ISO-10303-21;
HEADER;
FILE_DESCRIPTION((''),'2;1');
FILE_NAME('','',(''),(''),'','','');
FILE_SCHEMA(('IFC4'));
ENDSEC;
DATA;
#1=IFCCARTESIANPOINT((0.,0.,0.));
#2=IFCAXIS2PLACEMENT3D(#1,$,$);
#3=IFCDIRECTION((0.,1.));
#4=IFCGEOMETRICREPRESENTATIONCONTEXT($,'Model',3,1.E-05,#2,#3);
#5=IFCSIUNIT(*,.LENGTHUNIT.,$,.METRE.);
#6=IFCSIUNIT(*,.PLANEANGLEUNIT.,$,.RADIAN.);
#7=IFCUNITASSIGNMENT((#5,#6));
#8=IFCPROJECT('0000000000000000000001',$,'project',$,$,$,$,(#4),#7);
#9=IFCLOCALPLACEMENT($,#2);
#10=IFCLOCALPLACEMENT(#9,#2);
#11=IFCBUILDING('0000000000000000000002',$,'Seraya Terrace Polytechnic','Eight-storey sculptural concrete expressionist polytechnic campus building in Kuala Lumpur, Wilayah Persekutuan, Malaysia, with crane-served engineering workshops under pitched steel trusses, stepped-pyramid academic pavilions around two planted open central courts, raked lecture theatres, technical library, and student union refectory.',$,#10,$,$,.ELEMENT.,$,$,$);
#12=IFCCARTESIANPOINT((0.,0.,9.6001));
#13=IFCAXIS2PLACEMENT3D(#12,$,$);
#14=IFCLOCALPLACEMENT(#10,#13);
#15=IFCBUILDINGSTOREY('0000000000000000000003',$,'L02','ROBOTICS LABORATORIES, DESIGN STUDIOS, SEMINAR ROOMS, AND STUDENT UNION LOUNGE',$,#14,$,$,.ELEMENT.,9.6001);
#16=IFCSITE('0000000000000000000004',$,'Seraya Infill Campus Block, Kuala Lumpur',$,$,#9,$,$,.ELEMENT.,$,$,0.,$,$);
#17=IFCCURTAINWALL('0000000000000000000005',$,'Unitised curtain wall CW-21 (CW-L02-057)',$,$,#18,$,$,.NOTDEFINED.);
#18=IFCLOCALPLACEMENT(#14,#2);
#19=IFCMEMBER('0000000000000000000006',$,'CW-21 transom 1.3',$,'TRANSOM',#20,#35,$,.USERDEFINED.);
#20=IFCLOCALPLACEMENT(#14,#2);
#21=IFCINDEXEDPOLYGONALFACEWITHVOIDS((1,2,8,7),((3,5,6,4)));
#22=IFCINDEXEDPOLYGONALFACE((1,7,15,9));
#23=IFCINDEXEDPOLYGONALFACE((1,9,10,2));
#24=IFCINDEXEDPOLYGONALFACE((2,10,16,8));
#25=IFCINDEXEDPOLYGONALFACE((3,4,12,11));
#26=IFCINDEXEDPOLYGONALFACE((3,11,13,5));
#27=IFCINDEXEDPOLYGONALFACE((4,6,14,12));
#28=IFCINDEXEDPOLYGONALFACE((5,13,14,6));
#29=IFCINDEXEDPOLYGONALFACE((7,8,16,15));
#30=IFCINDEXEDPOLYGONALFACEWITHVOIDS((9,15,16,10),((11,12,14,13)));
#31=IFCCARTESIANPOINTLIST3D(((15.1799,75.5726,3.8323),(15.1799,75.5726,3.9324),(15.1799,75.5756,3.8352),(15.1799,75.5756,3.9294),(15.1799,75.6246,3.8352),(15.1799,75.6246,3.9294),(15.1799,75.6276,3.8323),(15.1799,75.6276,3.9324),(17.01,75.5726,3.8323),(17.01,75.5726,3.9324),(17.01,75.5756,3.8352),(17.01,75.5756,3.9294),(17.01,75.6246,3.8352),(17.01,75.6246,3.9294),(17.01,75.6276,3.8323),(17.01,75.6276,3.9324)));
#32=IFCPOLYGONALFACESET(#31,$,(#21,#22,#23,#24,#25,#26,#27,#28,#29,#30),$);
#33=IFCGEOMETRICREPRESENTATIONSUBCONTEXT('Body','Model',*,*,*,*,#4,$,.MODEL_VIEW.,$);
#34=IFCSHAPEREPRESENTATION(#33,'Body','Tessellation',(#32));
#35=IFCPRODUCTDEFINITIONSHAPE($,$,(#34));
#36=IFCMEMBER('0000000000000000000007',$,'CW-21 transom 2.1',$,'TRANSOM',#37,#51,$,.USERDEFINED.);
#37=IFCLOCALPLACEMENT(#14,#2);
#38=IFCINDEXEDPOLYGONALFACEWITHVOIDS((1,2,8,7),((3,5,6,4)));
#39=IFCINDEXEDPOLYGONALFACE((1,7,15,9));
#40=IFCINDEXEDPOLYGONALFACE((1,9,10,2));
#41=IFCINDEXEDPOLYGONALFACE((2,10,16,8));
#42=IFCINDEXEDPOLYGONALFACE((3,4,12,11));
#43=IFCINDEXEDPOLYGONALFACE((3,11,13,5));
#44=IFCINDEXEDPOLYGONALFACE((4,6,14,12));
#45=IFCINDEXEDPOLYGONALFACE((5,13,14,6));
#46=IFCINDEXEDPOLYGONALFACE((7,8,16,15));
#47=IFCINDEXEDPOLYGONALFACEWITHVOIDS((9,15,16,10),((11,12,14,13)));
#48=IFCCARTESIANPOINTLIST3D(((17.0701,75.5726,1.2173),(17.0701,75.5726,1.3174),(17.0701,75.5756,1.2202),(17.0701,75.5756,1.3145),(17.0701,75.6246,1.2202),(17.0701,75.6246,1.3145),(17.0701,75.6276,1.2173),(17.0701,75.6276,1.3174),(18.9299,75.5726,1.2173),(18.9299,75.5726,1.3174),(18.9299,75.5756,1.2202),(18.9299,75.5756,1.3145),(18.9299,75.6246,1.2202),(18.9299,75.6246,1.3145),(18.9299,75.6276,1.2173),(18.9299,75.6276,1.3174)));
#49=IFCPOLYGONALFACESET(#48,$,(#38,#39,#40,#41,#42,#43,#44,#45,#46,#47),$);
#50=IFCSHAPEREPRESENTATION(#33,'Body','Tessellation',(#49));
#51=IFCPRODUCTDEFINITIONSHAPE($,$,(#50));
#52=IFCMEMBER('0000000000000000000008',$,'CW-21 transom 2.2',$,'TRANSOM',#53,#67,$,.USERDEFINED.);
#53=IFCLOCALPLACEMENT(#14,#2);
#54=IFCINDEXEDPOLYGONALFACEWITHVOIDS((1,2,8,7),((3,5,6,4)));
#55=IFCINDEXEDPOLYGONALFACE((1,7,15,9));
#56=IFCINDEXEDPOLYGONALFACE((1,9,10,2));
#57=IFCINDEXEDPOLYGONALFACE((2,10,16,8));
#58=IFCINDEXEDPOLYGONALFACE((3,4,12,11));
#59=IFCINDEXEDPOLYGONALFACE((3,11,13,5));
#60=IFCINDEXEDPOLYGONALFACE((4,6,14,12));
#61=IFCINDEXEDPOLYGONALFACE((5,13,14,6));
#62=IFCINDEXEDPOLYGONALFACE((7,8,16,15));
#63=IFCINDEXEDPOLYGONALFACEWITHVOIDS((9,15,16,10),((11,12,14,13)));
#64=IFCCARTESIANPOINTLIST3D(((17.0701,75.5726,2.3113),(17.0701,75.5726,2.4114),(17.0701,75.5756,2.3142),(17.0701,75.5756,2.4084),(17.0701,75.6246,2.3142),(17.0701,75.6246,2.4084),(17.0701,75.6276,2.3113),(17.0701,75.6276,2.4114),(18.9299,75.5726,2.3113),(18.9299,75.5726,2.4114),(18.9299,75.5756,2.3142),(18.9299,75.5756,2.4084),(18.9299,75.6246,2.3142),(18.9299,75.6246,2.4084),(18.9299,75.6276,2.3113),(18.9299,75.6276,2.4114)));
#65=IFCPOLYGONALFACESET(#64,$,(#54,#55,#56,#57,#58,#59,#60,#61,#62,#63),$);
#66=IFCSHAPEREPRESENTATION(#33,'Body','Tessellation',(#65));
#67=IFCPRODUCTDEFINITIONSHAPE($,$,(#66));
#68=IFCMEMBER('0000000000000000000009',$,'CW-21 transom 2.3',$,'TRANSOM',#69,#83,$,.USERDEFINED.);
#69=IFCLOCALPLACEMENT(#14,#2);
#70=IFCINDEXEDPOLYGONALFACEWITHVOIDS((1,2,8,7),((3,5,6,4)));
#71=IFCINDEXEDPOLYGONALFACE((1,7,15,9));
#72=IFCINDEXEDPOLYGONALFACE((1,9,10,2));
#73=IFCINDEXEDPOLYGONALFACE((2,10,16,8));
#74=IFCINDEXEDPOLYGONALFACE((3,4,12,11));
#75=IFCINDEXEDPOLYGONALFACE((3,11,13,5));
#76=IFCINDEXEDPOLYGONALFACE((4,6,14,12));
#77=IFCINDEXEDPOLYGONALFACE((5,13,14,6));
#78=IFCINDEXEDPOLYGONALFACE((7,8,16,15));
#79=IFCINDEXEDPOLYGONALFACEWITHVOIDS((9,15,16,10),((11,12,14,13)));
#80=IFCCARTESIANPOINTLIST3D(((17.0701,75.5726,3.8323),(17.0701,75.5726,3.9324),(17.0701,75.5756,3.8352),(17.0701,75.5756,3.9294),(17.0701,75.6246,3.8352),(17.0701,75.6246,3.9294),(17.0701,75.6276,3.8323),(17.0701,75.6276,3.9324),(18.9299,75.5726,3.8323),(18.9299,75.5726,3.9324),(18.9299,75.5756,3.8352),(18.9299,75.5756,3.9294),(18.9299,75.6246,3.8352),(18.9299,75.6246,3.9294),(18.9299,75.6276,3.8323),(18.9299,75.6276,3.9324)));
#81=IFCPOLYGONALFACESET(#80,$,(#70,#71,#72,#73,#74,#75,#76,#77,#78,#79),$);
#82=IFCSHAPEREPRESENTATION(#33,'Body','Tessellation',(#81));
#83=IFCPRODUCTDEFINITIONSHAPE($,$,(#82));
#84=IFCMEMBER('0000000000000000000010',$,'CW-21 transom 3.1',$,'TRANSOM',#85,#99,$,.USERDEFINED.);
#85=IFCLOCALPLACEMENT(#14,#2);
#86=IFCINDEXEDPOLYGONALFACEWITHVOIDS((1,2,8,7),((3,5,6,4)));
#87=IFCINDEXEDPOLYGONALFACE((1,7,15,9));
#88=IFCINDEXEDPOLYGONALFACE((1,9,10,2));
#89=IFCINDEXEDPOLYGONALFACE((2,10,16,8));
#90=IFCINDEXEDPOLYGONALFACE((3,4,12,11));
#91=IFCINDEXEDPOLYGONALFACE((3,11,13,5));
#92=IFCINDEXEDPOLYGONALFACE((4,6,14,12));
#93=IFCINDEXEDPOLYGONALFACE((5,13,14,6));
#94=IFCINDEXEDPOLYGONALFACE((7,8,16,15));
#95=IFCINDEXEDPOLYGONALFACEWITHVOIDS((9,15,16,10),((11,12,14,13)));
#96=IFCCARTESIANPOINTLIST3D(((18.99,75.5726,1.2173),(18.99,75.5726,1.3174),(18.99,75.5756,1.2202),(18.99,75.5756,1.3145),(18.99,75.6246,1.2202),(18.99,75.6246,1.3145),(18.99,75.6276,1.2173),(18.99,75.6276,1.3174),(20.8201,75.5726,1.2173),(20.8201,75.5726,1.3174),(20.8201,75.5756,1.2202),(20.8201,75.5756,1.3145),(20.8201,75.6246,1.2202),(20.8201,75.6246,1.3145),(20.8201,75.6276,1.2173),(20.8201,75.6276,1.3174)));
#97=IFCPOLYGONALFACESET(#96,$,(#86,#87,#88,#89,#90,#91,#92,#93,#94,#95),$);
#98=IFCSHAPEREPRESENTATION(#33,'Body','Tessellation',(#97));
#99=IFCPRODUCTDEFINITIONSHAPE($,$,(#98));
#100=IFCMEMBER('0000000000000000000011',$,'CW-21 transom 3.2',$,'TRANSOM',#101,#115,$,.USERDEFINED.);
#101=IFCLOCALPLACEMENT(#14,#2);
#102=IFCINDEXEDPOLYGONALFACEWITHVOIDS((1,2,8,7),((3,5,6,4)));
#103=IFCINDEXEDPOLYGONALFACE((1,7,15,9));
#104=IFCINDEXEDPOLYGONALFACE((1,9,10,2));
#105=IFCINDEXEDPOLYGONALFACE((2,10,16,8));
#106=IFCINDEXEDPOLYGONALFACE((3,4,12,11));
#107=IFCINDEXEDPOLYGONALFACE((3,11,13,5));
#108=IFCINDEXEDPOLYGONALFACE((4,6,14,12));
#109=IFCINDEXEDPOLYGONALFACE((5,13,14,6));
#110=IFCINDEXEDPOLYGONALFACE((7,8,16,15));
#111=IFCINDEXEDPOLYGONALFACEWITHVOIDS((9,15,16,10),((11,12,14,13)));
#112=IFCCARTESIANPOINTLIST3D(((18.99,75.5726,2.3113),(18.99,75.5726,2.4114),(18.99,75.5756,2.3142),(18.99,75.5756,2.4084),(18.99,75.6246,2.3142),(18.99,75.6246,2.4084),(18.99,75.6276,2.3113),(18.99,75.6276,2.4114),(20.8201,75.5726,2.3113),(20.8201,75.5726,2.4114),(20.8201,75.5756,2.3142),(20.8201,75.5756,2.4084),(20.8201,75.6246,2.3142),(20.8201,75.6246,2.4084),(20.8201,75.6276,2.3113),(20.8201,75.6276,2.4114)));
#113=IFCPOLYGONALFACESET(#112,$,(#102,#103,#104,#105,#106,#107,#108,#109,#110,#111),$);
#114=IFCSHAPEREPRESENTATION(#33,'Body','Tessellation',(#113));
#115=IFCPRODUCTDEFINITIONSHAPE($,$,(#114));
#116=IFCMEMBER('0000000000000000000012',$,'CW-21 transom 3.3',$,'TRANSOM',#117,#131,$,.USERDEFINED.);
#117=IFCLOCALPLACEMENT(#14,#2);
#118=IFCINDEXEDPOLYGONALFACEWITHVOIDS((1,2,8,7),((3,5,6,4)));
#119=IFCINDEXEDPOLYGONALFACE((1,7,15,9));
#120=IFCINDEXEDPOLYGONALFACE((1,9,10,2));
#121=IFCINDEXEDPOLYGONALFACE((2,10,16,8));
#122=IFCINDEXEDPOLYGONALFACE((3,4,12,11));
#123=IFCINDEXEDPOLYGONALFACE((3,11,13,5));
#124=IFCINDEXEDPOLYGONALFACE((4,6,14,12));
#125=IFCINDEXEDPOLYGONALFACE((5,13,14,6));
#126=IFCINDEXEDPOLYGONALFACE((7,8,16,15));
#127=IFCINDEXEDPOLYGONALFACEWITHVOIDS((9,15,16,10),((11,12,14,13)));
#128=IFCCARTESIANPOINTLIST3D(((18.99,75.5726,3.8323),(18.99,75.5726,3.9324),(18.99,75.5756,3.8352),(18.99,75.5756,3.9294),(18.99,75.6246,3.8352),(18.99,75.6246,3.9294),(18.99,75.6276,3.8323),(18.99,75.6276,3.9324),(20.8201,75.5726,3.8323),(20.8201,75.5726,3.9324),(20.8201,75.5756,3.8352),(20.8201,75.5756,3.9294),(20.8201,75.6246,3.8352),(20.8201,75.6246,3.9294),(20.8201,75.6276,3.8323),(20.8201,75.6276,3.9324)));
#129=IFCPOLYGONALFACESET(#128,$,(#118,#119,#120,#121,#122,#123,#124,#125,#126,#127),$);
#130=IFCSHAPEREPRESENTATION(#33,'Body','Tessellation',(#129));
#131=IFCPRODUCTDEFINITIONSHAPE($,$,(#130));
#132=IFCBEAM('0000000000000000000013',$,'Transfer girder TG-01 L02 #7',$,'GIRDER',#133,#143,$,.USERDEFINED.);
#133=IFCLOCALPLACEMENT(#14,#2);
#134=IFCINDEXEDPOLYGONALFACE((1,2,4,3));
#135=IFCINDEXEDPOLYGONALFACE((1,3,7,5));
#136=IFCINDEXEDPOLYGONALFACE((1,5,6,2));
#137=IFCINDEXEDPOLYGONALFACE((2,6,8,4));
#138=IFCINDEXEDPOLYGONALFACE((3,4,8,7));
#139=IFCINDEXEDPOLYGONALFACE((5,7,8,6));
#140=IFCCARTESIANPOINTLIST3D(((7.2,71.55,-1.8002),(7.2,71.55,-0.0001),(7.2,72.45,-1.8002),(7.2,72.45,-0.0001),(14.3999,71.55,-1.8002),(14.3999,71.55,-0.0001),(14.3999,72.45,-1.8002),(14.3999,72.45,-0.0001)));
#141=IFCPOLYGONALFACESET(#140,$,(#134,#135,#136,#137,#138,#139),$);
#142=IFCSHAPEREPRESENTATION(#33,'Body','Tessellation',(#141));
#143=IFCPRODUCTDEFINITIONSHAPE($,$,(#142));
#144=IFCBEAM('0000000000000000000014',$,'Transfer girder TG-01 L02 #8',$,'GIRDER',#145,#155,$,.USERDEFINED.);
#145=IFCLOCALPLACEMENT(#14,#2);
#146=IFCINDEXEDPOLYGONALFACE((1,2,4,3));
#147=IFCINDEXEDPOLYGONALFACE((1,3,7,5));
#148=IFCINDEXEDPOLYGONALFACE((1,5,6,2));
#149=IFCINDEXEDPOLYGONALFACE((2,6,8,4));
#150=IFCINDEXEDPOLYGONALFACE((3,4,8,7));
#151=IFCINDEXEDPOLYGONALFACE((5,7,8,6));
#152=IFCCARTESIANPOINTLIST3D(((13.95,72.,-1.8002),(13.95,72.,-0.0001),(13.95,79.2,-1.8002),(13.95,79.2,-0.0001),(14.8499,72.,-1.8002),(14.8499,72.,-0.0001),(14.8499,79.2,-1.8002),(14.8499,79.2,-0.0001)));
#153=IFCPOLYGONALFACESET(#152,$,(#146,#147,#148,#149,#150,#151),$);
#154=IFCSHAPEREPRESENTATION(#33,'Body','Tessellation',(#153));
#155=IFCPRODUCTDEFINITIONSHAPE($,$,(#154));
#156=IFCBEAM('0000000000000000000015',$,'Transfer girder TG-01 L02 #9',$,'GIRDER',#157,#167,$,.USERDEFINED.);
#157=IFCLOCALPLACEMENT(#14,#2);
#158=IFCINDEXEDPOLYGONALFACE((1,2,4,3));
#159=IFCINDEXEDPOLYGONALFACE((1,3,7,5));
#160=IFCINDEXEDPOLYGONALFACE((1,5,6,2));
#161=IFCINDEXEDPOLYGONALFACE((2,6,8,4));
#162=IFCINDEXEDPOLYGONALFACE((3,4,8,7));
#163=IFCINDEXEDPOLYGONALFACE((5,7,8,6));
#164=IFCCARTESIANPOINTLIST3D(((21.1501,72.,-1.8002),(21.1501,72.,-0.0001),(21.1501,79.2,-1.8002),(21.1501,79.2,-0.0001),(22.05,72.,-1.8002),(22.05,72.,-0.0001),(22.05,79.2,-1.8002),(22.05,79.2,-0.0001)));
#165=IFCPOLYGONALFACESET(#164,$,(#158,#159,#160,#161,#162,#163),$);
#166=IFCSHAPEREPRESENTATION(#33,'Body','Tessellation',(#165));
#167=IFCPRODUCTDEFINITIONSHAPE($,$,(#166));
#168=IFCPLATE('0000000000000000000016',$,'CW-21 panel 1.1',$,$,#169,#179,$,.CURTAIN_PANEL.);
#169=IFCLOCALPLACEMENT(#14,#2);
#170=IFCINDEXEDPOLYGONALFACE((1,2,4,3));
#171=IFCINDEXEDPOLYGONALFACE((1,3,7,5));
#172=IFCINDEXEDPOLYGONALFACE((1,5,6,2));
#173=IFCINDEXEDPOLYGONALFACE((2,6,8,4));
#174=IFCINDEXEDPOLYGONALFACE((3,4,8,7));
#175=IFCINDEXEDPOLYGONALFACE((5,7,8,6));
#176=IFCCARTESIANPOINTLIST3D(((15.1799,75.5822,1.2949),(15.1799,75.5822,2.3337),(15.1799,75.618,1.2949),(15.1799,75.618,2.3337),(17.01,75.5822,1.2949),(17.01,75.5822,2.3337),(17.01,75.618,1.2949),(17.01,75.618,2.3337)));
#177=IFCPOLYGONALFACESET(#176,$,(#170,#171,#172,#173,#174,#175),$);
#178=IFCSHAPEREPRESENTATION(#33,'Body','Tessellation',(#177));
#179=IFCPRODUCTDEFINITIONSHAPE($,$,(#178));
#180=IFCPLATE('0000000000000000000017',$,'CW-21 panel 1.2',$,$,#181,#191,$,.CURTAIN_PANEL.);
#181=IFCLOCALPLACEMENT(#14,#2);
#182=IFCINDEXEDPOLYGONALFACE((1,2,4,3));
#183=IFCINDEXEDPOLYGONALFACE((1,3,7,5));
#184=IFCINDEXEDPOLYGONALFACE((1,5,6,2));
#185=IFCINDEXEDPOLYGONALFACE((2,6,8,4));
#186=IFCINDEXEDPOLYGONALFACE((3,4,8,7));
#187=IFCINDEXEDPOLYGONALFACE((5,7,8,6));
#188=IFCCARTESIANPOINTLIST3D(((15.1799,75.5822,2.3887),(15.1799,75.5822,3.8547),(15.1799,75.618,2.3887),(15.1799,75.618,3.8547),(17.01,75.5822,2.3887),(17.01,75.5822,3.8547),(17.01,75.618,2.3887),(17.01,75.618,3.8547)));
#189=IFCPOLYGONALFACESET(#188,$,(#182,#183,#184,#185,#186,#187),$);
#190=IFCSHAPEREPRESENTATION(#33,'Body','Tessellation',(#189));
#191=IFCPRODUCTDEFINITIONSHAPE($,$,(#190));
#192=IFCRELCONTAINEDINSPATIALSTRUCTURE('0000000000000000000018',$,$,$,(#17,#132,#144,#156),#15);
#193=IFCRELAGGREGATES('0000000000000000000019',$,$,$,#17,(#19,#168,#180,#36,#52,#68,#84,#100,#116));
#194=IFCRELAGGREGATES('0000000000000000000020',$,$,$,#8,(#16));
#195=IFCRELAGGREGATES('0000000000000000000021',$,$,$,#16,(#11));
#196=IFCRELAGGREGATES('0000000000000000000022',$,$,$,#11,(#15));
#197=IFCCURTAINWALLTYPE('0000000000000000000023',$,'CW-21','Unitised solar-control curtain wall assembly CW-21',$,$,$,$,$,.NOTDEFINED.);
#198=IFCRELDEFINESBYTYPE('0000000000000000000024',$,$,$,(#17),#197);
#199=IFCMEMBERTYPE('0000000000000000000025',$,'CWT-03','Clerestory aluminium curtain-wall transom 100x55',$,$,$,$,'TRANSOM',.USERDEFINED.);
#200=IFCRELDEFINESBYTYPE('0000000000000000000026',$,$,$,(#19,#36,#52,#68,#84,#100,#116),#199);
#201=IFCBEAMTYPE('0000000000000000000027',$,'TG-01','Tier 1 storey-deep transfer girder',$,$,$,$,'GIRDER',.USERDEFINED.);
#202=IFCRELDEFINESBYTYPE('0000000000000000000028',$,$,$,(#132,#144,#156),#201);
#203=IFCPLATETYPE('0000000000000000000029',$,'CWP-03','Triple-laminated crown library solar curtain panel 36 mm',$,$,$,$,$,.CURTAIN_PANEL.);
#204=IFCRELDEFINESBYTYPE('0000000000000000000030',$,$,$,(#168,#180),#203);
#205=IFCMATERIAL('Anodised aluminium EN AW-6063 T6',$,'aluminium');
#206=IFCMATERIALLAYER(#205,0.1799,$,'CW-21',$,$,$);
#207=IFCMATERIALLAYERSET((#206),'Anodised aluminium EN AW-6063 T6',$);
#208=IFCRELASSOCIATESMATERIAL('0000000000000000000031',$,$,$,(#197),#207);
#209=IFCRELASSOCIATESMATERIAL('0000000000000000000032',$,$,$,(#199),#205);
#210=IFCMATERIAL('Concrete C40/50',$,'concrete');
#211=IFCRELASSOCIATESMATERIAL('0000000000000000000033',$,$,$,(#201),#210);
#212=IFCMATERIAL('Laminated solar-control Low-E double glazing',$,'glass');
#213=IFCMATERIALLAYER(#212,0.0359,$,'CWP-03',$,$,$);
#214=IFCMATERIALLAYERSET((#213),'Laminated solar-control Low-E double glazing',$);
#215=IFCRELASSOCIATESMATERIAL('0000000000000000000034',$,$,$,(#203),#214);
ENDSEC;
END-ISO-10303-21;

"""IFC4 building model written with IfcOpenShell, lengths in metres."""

from ifc_helpers import new_model, si_unit, direction, frame, origin, origin_2d, place, context, subcontext, project, spatial, rectangle, hollow_rectangle, extrude, material, layer, layer_set, material_profile, profile_set, type_object, element, aggregate, save


model = new_model("IFC4")

# Units and contexts
model_context = context("Model", 3, precision=1e-05, world=origin(), true_north=direction((0.0, 1.0)))
body_context = subcontext(model_context, "Body", "Model", "MODEL_VIEW")
ifc_project = project(units=[si_unit("LENGTHUNIT", "METRE"), si_unit("PLANEANGLEUNIT", "RADIAN")], contexts=[model_context])

# Site, building, storey
site_placement = place(None, origin())
site = spatial("IfcSite", under=ifc_project, at=site_placement, Name="Seraya Infill Campus Block, Kuala Lumpur", CompositionType="ELEMENT", RefElevation=0.0)
building_placement = place(site_placement, origin())
building = spatial("IfcBuilding", under=site, at=building_placement, Name="Seraya Terrace Polytechnic", Description="Eight-storey sculptural concrete expressionist polytechnic campus building in Kuala Lumpur, Wilayah Persekutuan, Malaysia, with crane-served engineering workshops under pitched steel trusses, stepped-pyramid academic pavilions around two planted open central courts, raked lecture theatres, technical library, and student union refectory.", CompositionType="ELEMENT")
storey_placement = place(building_placement, frame((0.0, 0.0, 9.6001)))
storey = spatial("IfcBuildingStorey", under=building, at=storey_placement, Name="L02", Description="ROBOTICS LABORATORIES, DESIGN STUDIOS, SEMINAR ROOMS, AND STUDENT UNION LOUNGE", CompositionType="ELEMENT", Elevation=9.6001)

# Shared definitions
ifc_material_1 = material(Name="Concrete C40/50", Category="concrete")

# Curtain wall, members
ifc_material_2 = material(Name="Anodised aluminium EN AW-6063 T6", Category="aluminium")
ifc_layer_1 = layer(ifc_material_2, 0.1799, Name="CW-21")
ifc_layer_set_1 = layer_set([ifc_layer_1], Name="Anodised aluminium EN AW-6063 T6")
curtain_wall_type = type_object("IfcCurtainWallType", Name="CW-21", Description="Unitised solar-control curtain wall assembly CW-21", PredefinedType="NOTDEFINED", material=ifc_layer_set_1)
curtain_wall_placement = place(storey_placement, origin())
curtain_wall = element("IfcCurtainWall", 1, at=curtain_wall_placement, inside=storey, type_object=curtain_wall_type, Name="Unitised curtain wall CW-21 (CW-L02-057)", PredefinedType="NOTDEFINED")
ifc_material_profile_1 = material_profile(ifc_material_2, hollow_rectangle(XDim=0.0549, YDim=0.1001, WallThickness=0.0029, at=origin_2d()), Name="RHS 100x55x3.0")
ifc_profile_set_1 = profile_set([ifc_material_profile_1], Name="Anodised aluminium EN AW-6063 T6")
member_type_1 = type_object("IfcMemberType", Name="CWT-03", Description="Clerestory aluminium curtain-wall transom 100x55", ElementType="TRANSOM", PredefinedType="USERDEFINED", material=ifc_profile_set_1)
member_1_placement = place(storey_placement, frame((15.1799, 75.6001, 3.8823), z_axis=(1.0, 0.0, 0.0), x_axis=(0.0, 1.0, 0.0)))
member_1 = element("IfcMember", 2, at=member_1_placement, type_object=member_type_1, Name="CW-21 transom 1.3", ObjectType="TRANSOM", PredefinedType="USERDEFINED", context=body_context, shape_type="SweptSolid", body=[
    extrude(hollow_rectangle(XDim=0.0549, YDim=0.1001, WallThickness=0.0029, at=origin_2d()), origin(), (0.0, 0.0, 1.0), 1.8301),
])
member_2_placement = place(storey_placement, frame((17.0701, 75.6001, 1.2673), z_axis=(1.0, 0.0, 0.0), x_axis=(0.0, 1.0, 0.0)))
member_2 = element("IfcMember", 3, at=member_2_placement, type_object=member_type_1, Name="CW-21 transom 2.1", ObjectType="TRANSOM", PredefinedType="USERDEFINED", context=body_context, shape_type="SweptSolid", body=[
    extrude(hollow_rectangle(XDim=0.0549, YDim=0.1001, WallThickness=0.0029, at=origin_2d()), origin(), (0.0, 0.0, 1.0), 1.8599),
])
member_3_placement = place(storey_placement, frame((17.0701, 75.6001, 2.3613), z_axis=(1.0, 0.0, 0.0), x_axis=(0.0, 1.0, 0.0)))
member_3 = element("IfcMember", 4, at=member_3_placement, type_object=member_type_1, Name="CW-21 transom 2.2", ObjectType="TRANSOM", PredefinedType="USERDEFINED", context=body_context, shape_type="SweptSolid", body=[
    extrude(hollow_rectangle(XDim=0.0549, YDim=0.1001, WallThickness=0.0029, at=origin_2d()), origin(), (0.0, 0.0, 1.0), 1.8599),
])
member_4_placement = place(storey_placement, frame((17.0701, 75.6001, 3.8823), z_axis=(1.0, 0.0, 0.0), x_axis=(0.0, 1.0, 0.0)))
member_4 = element("IfcMember", 5, at=member_4_placement, type_object=member_type_1, Name="CW-21 transom 2.3", ObjectType="TRANSOM", PredefinedType="USERDEFINED", context=body_context, shape_type="SweptSolid", body=[
    extrude(hollow_rectangle(XDim=0.0549, YDim=0.1001, WallThickness=0.0029, at=origin_2d()), origin(), (0.0, 0.0, 1.0), 1.8599),
])
member_5_placement = place(storey_placement, frame((18.99, 75.6001, 1.2673), z_axis=(1.0, 0.0, 0.0), x_axis=(0.0, 1.0, 0.0)))
member_5 = element("IfcMember", 6, at=member_5_placement, type_object=member_type_1, Name="CW-21 transom 3.1", ObjectType="TRANSOM", PredefinedType="USERDEFINED", context=body_context, shape_type="SweptSolid", body=[
    extrude(hollow_rectangle(XDim=0.0549, YDim=0.1001, WallThickness=0.0029, at=origin_2d()), origin(), (0.0, 0.0, 1.0), 1.8301),
])
member_6_placement = place(storey_placement, frame((18.99, 75.6001, 2.3613), z_axis=(1.0, 0.0, 0.0), x_axis=(0.0, 1.0, 0.0)))
member_6 = element("IfcMember", 7, at=member_6_placement, type_object=member_type_1, Name="CW-21 transom 3.2", ObjectType="TRANSOM", PredefinedType="USERDEFINED", context=body_context, shape_type="SweptSolid", body=[
    extrude(hollow_rectangle(XDim=0.0549, YDim=0.1001, WallThickness=0.0029, at=origin_2d()), origin(), (0.0, 0.0, 1.0), 1.8301),
])
member_7_placement = place(storey_placement, frame((18.99, 75.6001, 3.8823), z_axis=(1.0, 0.0, 0.0), x_axis=(0.0, 1.0, 0.0)))
member_7 = element("IfcMember", 8, at=member_7_placement, type_object=member_type_1, Name="CW-21 transom 3.3", ObjectType="TRANSOM", PredefinedType="USERDEFINED", context=body_context, shape_type="SweptSolid", body=[
    extrude(hollow_rectangle(XDim=0.0549, YDim=0.1001, WallThickness=0.0029, at=origin_2d()), origin(), (0.0, 0.0, 1.0), 1.8301),
])

# Beams
ifc_material_profile_2 = material_profile(ifc_material_1, rectangle(XDim=0.8999, YDim=1.8, at=origin_2d()), Name="RC 900x1800")
ifc_profile_set_2 = profile_set([ifc_material_profile_2], Name="Concrete C40/50")
beam_type_1 = type_object("IfcBeamType", Name="TG-01", Description="Tier 1 storey-deep transfer girder", ElementType="GIRDER", PredefinedType="USERDEFINED", material=ifc_profile_set_2)
for number, where, z_axis, x_axis, name in (
    (9, (7.2, 72.0, -0.9001), (1.0, 0.0, 0.0), (0.0, 1.0, 0.0), "Transfer girder TG-01 L02 #7"),
    (10, (14.3999, 72.0, -0.9001), (0.0, 1.0, 0.0), (-1.0, 0.0, 0.0), "Transfer girder TG-01 L02 #8"),
    (11, (21.6001, 72.0, -0.9001), (0.0, 1.0, 0.0), (-1.0, 0.0, 0.0), "Transfer girder TG-01 L02 #9"),
):
    element("IfcBeam", number, at=place(storey_placement, frame(where, z_axis=z_axis, x_axis=x_axis)), inside=storey, type_object=beam_type_1, Name=name, ObjectType="GIRDER", PredefinedType="USERDEFINED", context=body_context, shape_type="SweptSolid", body=[
        extrude(rectangle(XDim=0.8999, YDim=1.8, at=origin_2d()), origin(), (0.0, 0.0, 1.0), 7.2),
    ])

# Plates
ifc_material_3 = material(Name="Laminated solar-control Low-E double glazing", Category="glass")
ifc_layer_2 = layer(ifc_material_3, 0.0359, Name="CWP-03")
ifc_layer_set_2 = layer_set([ifc_layer_2], Name="Laminated solar-control Low-E double glazing")
plate_type = type_object("IfcPlateType", Name="CWP-03", Description="Triple-laminated crown library solar curtain panel 36 mm", PredefinedType="CURTAIN_PANEL", material=ifc_layer_set_2)
plate_1_placement = place(storey_placement, frame((16.095, 75.6001, 1.2949), z_axis=(0.0, 0.0, 1.0), x_axis=(1.0, 0.0, 0.0)))
plate_1 = element("IfcPlate", 12, at=plate_1_placement, type_object=plate_type, Name="CW-21 panel 1.1", PredefinedType="CURTAIN_PANEL", context=body_context, shape_type="SweptSolid", body=[
    extrude(rectangle(XDim=1.8301, YDim=0.0359, at=origin_2d()), origin(), (0.0, 0.0, 1.0), 1.0388),
])
plate_2_placement = place(storey_placement, frame((16.095, 75.6001, 2.3887), z_axis=(0.0, 0.0, 1.0), x_axis=(1.0, 0.0, 0.0)))
plate_2 = element("IfcPlate", 13, at=plate_2_placement, type_object=plate_type, Name="CW-21 panel 1.2", PredefinedType="CURTAIN_PANEL", context=body_context, shape_type="SweptSolid", body=[
    extrude(rectangle(XDim=1.8301, YDim=0.0359, at=origin_2d()), origin(), (0.0, 0.0, 1.0), 1.4661),
])
aggregate(curtain_wall, [member_1, plate_1, plate_2, member_2, member_3, member_4, member_5, member_6, member_7])

save(model, "model.ifc")
